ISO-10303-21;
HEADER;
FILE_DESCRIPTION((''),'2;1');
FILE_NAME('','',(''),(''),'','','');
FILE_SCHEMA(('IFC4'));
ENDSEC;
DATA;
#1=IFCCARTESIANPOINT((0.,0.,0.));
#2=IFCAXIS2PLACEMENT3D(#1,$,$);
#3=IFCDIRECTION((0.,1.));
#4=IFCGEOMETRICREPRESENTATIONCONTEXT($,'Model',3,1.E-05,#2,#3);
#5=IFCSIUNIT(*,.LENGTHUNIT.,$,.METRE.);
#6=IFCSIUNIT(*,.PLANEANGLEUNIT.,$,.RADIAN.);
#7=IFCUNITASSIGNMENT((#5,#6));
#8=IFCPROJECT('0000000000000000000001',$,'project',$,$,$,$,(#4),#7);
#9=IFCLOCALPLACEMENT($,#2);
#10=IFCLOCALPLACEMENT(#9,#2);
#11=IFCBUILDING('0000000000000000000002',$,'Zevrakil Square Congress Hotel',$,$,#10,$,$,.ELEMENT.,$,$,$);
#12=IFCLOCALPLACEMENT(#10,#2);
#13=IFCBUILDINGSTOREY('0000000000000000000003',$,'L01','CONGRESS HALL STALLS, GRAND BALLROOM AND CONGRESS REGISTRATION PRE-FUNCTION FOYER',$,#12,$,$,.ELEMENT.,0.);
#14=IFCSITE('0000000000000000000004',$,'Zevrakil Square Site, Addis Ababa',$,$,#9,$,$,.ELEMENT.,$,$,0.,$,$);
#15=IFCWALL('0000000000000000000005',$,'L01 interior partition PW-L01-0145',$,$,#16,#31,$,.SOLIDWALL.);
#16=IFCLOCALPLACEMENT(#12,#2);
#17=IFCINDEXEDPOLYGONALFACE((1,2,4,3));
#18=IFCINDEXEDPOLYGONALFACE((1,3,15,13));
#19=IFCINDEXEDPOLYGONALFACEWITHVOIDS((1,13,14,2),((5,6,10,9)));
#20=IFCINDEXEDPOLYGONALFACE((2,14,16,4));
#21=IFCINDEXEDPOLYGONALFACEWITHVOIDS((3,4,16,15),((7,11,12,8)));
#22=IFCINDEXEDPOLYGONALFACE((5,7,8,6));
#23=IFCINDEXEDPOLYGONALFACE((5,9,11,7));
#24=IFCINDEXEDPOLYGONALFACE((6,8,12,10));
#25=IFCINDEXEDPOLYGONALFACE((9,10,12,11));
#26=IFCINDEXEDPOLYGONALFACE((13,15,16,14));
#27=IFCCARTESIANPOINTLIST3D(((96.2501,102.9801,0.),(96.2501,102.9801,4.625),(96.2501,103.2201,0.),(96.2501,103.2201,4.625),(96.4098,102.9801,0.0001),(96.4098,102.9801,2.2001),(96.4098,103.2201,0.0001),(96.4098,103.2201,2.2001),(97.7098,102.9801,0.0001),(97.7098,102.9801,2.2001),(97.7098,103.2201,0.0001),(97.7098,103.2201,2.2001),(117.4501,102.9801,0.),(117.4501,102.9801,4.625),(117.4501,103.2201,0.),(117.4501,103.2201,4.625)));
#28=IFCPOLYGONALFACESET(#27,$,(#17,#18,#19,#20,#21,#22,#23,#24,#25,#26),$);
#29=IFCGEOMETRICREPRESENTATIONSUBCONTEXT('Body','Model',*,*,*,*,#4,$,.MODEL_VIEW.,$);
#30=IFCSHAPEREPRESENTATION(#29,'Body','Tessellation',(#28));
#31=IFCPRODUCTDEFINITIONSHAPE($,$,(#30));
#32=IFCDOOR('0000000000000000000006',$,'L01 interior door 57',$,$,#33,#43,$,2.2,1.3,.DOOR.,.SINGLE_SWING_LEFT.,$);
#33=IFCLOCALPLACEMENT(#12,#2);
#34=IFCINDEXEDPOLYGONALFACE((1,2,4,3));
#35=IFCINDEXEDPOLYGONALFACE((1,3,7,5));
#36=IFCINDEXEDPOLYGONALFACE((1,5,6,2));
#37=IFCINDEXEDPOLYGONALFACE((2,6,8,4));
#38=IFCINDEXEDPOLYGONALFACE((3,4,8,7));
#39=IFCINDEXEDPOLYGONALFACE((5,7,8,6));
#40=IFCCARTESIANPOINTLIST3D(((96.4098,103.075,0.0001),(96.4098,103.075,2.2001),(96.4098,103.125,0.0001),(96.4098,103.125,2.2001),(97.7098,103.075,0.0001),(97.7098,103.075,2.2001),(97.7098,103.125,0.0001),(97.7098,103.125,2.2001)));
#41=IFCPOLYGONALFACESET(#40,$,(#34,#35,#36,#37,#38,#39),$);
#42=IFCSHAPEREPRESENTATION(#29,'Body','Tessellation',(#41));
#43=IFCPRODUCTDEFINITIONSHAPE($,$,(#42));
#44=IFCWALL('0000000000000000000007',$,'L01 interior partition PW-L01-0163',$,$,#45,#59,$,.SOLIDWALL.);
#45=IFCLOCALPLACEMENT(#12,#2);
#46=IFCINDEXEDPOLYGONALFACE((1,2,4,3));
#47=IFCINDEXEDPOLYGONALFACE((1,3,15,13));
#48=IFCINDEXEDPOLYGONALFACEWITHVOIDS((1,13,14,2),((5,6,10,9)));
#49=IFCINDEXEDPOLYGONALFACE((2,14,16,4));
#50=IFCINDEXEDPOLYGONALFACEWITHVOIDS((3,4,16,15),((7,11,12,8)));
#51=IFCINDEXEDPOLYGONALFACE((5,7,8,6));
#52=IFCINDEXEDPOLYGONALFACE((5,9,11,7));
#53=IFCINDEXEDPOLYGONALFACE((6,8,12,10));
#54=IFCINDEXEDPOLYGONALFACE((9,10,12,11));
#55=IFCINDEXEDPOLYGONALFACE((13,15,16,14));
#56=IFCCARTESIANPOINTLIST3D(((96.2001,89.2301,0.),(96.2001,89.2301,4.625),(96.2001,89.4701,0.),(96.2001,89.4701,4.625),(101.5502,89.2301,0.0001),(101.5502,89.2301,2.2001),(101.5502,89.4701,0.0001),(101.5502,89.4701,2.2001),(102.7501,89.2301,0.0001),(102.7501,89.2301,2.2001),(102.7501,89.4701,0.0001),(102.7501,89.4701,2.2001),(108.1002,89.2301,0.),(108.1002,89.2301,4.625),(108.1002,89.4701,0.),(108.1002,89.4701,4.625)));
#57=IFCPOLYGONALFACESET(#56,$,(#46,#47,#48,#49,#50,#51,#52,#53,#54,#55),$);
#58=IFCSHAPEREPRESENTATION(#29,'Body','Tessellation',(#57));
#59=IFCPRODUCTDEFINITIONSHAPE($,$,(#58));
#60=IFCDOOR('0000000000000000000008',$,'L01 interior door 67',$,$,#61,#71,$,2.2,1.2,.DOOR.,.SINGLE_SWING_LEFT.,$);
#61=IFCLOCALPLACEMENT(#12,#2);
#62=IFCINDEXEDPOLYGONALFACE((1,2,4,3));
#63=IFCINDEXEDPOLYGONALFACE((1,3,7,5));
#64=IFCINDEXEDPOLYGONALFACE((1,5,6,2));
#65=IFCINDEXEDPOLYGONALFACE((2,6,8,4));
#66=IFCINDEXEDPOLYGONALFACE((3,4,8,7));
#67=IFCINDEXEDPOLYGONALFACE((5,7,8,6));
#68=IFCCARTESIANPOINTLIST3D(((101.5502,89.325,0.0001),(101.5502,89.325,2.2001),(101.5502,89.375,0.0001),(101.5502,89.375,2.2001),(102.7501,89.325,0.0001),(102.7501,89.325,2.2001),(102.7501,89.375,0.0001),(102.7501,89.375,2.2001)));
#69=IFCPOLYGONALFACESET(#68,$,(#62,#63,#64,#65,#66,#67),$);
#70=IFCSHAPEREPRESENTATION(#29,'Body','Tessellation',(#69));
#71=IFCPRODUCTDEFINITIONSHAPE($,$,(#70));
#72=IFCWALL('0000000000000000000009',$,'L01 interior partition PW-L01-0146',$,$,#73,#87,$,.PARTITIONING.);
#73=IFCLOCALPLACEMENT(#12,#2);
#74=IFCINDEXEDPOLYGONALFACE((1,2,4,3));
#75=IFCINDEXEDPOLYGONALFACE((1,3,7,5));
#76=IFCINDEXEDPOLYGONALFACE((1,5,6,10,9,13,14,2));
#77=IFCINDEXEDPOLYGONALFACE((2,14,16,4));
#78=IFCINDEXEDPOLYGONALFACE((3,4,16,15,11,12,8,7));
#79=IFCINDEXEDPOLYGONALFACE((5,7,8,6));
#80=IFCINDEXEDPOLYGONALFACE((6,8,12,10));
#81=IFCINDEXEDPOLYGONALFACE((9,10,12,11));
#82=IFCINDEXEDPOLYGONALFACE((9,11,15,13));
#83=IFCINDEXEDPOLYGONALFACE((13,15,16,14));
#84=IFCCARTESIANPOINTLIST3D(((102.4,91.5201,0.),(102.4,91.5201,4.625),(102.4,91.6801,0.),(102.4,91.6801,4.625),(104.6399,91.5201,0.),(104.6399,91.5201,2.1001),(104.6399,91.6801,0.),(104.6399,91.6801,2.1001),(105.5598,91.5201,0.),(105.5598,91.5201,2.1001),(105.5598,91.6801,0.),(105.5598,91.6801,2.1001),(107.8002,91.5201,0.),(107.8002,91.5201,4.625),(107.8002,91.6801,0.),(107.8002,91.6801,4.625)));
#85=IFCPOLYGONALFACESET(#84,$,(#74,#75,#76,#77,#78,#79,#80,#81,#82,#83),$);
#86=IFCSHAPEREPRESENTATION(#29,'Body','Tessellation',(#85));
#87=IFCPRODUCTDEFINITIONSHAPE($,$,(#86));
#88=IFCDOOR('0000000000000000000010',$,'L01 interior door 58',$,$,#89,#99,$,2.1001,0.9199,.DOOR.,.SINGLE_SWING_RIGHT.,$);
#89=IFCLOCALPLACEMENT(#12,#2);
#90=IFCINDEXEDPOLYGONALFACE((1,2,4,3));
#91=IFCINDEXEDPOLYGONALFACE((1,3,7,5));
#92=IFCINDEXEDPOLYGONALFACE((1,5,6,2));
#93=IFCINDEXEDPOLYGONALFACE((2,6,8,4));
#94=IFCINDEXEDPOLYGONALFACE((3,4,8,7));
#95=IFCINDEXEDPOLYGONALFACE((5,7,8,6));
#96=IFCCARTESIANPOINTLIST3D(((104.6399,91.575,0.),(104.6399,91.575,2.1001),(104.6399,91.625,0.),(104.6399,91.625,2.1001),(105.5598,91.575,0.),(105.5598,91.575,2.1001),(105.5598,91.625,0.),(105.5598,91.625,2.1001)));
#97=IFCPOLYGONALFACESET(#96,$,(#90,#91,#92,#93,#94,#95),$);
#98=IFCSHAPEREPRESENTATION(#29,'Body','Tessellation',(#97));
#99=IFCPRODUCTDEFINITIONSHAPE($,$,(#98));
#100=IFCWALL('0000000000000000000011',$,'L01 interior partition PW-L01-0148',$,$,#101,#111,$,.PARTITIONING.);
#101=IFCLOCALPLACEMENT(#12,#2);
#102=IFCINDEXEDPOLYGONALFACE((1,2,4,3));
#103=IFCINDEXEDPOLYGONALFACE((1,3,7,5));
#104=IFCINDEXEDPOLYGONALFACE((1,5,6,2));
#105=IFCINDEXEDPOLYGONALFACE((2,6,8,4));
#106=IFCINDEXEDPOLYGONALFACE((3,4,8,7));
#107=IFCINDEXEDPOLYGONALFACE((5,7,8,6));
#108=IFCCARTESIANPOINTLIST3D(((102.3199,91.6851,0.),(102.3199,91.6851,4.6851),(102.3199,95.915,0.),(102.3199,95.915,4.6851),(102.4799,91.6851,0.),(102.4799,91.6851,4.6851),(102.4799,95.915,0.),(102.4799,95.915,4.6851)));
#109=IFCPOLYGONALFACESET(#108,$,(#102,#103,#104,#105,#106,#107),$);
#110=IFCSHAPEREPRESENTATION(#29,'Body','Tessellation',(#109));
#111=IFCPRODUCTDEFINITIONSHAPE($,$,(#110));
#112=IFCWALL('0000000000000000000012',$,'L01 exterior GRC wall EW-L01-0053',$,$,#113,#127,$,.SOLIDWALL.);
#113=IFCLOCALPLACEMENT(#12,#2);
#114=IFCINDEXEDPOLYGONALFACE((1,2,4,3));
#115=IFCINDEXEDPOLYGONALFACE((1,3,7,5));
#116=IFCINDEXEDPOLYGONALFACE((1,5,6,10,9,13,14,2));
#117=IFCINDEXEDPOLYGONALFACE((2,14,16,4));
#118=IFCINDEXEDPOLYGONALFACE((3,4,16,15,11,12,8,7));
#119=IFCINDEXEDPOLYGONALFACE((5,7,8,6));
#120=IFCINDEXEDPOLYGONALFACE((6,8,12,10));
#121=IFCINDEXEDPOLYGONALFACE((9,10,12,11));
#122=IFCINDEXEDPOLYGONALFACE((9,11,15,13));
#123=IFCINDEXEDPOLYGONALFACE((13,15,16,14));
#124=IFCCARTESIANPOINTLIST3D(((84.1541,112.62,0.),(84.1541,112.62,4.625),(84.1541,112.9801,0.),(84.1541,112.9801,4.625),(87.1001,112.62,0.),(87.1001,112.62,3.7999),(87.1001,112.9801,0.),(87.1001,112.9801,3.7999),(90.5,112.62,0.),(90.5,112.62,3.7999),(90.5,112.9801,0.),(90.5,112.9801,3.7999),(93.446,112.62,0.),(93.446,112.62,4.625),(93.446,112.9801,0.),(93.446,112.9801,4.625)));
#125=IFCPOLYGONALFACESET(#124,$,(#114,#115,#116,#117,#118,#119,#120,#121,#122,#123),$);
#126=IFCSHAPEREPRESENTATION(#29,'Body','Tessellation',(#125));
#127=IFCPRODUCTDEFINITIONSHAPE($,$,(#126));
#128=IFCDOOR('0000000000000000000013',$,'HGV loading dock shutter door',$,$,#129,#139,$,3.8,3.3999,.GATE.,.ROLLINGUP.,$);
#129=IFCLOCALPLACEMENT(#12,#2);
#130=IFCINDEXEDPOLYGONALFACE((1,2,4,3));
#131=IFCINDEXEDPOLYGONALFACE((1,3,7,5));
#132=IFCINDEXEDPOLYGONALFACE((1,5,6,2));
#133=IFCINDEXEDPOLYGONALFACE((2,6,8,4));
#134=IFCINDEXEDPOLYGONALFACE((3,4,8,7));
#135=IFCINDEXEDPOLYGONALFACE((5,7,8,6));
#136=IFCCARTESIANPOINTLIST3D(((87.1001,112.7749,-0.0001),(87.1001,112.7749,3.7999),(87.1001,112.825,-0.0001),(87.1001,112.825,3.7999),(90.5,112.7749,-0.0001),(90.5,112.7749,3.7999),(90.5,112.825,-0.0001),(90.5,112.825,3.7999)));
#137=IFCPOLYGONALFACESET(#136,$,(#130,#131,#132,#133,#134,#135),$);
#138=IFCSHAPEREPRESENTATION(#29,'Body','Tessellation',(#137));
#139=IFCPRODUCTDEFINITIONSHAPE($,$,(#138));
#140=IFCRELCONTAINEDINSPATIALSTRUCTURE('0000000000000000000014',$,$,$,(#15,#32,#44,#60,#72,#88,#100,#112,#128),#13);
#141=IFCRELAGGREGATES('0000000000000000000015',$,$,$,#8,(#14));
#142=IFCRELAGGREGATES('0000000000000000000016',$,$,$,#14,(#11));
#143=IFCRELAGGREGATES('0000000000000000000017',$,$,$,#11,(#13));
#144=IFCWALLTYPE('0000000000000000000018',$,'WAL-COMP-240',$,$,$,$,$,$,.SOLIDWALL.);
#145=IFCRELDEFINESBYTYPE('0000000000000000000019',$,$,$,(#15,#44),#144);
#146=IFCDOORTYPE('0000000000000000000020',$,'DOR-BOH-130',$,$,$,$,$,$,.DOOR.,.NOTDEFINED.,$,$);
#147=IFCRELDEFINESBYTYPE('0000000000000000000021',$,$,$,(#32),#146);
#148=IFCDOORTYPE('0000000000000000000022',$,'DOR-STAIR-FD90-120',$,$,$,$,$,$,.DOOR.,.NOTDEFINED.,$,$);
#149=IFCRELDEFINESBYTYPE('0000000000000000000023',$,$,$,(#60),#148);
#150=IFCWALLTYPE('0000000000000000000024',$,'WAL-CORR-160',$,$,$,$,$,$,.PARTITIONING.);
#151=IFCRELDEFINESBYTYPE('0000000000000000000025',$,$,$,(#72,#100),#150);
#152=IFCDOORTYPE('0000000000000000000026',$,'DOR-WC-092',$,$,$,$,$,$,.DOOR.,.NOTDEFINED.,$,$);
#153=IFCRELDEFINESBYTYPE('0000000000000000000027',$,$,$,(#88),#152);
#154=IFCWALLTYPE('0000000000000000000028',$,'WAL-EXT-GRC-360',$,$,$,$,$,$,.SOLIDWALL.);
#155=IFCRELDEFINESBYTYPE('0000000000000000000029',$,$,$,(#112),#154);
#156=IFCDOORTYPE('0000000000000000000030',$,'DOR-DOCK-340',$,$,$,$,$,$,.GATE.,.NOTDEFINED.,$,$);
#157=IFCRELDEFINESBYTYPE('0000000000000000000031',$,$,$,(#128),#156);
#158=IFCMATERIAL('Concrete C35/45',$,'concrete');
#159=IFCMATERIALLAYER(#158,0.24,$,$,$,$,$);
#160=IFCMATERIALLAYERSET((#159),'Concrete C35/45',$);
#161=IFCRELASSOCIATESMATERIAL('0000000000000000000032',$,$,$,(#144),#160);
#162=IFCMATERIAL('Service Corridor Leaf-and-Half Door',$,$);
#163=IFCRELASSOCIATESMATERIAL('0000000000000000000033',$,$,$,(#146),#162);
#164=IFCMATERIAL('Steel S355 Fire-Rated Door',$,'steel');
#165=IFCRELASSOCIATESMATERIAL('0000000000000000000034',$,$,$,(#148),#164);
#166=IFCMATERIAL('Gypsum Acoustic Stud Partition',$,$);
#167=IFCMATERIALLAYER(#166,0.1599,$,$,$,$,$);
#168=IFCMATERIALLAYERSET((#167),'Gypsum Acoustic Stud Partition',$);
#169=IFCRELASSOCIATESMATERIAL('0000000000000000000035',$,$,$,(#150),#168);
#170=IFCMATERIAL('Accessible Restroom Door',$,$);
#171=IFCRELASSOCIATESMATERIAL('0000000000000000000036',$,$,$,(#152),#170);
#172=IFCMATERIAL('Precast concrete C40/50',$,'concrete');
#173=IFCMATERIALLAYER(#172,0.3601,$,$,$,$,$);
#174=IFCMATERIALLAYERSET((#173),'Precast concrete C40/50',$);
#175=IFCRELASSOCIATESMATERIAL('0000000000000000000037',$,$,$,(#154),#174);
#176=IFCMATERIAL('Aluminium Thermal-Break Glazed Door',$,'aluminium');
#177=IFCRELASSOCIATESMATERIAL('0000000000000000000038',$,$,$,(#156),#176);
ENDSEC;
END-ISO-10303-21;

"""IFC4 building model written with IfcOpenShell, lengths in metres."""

from ifc_helpers import new_model, si_unit, direction, frame, frame_2d, origin, place, context, subcontext, project, spatial, rectangle, extrude, material, layer, layer_set, type_object, element, fill, save


model = new_model("IFC4")

# Units and contexts
model_context = context("Model", 3, precision=1e-05, world=origin(), true_north=direction((0.0, 1.0)))
body_context = subcontext(model_context, "Body", "Model", "MODEL_VIEW")
ifc_project = project(units=[si_unit("LENGTHUNIT", "METRE"), si_unit("PLANEANGLEUNIT", "RADIAN")], contexts=[model_context])

# Site, building, storey
site_placement = place(None, origin())
site = spatial("IfcSite", under=ifc_project, at=site_placement, Name="Zevrakil Square Site, Addis Ababa", CompositionType="ELEMENT", RefElevation=0.0)
building_placement = place(site_placement, origin())
building = spatial("IfcBuilding", under=site, at=building_placement, Name="Zevrakil Square Congress Hotel", CompositionType="ELEMENT")
storey_placement = place(building_placement, origin())
storey = spatial("IfcBuildingStorey", under=building, at=storey_placement, Name="L01", Description="CONGRESS HALL STALLS, GRAND BALLROOM AND CONGRESS REGISTRATION PRE-FUNCTION FOYER", CompositionType="ELEMENT", Elevation=0.0)

# Walls, openings, doors
ifc_material_1 = material(Name="Concrete C35/45", Category="concrete")
ifc_layer_1 = layer(ifc_material_1, 0.24)
ifc_layer_set_1 = layer_set([ifc_layer_1], Name="Concrete C35/45")
wall_type_1 = type_object("IfcWallType", Name="WAL-COMP-240", PredefinedType="SOLIDWALL", material=ifc_layer_set_1)
wall_1_placement = place(storey_placement, frame((96.25, 103.1001, 0.0), z_axis=(0.0, 0.0, 1.0), x_axis=(1.0, 0.0, 0.0)))
wall_1 = element("IfcWall", 1, at=wall_1_placement, inside=storey, type_object=wall_type_1, Name="L01 interior partition PW-L01-0145", PredefinedType="SOLIDWALL", context=body_context, shape_type="SweptSolid", body=[
    extrude(rectangle(XDim=21.2, YDim=0.24, at=frame_2d((10.6001, 0.0))), origin(), (0.0, 0.0, 1.0), 4.625),
])
opening_1_placement = place(wall_1_placement, frame((0.1599, 0.0, 0.0)))
opening_1 = element("IfcOpeningElement", 2, at=opening_1_placement, cuts=wall_1, PredefinedType="OPENING", context=body_context, shape_type="SweptSolid", body=[
    extrude(rectangle(XDim=1.3, YDim=2.2, at=frame_2d((0.6499, 1.1001))), frame((0.0, 0.1299, 0.0), z_axis=(0.0, -1.0, 0.0), x_axis=(1.0, 0.0, 0.0)), (0.0, 0.0, 1.0), 0.26),
])
ifc_material_2 = material(Name="Service Corridor Leaf-and-Half Door")
door_type_1 = type_object("IfcDoorType", Name="DOR-BOH-130", OperationType="NOTDEFINED", PredefinedType="DOOR", material=ifc_material_2)
door_1_placement = place(opening_1_placement, origin())
door_1 = element("IfcDoor", 3, at=door_1_placement, inside=storey, type_object=door_type_1, Name="L01 interior door 57", OperationType="SINGLE_SWING_LEFT", OverallHeight=2.2, OverallWidth=1.3, PredefinedType="DOOR", context=body_context, shape_type="SweptSolid", body=[
    extrude(rectangle(XDim=1.3, YDim=2.2, at=frame_2d((0.6499, 1.1001))), frame((0.0, 0.0249, 0.0), z_axis=(0.0, -1.0, 0.0), x_axis=(1.0, 0.0, 0.0)), (0.0, 0.0, 1.0), 0.05),
])
fill(opening_1, door_1)
wall_2_placement = place(storey_placement, frame((96.2, 89.3501, 0.0), z_axis=(0.0, 0.0, 1.0), x_axis=(1.0, 0.0, 0.0)))
wall_2 = element("IfcWall", 4, at=wall_2_placement, inside=storey, type_object=wall_type_1, Name="L01 interior partition PW-L01-0163", PredefinedType="SOLIDWALL", context=body_context, shape_type="SweptSolid", body=[
    extrude(rectangle(XDim=11.9001, YDim=0.24, at=frame_2d((5.9502, 0.0))), origin(), (0.0, 0.0, 1.0), 4.625),
])
opening_2_placement = place(wall_2_placement, frame((5.3501, 0.0, 0.0)))
opening_2 = element("IfcOpeningElement", 5, at=opening_2_placement, cuts=wall_2, PredefinedType="OPENING", context=body_context, shape_type="SweptSolid", body=[
    extrude(rectangle(XDim=1.2, YDim=2.2, at=frame_2d((0.6001, 1.1001))), frame((0.0, 0.1299, 0.0), z_axis=(0.0, -1.0, 0.0), x_axis=(1.0, 0.0, 0.0)), (0.0, 0.0, 1.0), 0.26),
])
ifc_material_3 = material(Name="Steel S355 Fire-Rated Door", Category="steel")
door_type_2 = type_object("IfcDoorType", Name="DOR-STAIR-FD90-120", OperationType="NOTDEFINED", PredefinedType="DOOR", material=ifc_material_3)
door_2_placement = place(opening_2_placement, origin())
door_2 = element("IfcDoor", 6, at=door_2_placement, inside=storey, type_object=door_type_2, Name="L01 interior door 67", OperationType="SINGLE_SWING_LEFT", OverallHeight=2.2, OverallWidth=1.2, PredefinedType="DOOR", context=body_context, shape_type="SweptSolid", body=[
    extrude(rectangle(XDim=1.2, YDim=2.2, at=frame_2d((0.6001, 1.1001))), frame((0.0, 0.0249, 0.0), z_axis=(0.0, -1.0, 0.0), x_axis=(1.0, 0.0, 0.0)), (0.0, 0.0, 1.0), 0.05),
])
fill(opening_2, door_2)
ifc_material_4 = material(Name="Gypsum Acoustic Stud Partition")
ifc_layer_2 = layer(ifc_material_4, 0.1599)
ifc_layer_set_2 = layer_set([ifc_layer_2], Name="Gypsum Acoustic Stud Partition")
wall_type_2 = type_object("IfcWallType", Name="WAL-CORR-160", PredefinedType="PARTITIONING", material=ifc_layer_set_2)
wall_3_placement = place(storey_placement, frame((102.3999, 91.6001, 0.0), z_axis=(0.0, 0.0, 1.0), x_axis=(1.0, 0.0, 0.0)))
wall_3 = element("IfcWall", 7, at=wall_3_placement, inside=storey, type_object=wall_type_2, Name="L01 interior partition PW-L01-0146", PredefinedType="PARTITIONING", context=body_context, shape_type="SweptSolid", body=[
    extrude(rectangle(XDim=5.4001, YDim=0.1599, at=frame_2d((2.7002, 0.0))), origin(), (0.0, 0.0, 1.0), 4.625),
])
opening_3_placement = place(wall_3_placement, frame((2.24, 0.0, 0.0)))
opening_3 = element("IfcOpeningElement", 8, at=opening_3_placement, cuts=wall_3, PredefinedType="OPENING", context=body_context, shape_type="SweptSolid", body=[
    extrude(rectangle(XDim=0.9199, YDim=2.1001, at=frame_2d((0.46, 1.05))), frame((0.0, 0.0898, 0.0), z_axis=(0.0, -1.0, 0.0), x_axis=(1.0, 0.0, 0.0)), (0.0, 0.0, 1.0), 0.1799),
])
ifc_material_5 = material(Name="Accessible Restroom Door")
door_type_3 = type_object("IfcDoorType", Name="DOR-WC-092", OperationType="NOTDEFINED", PredefinedType="DOOR", material=ifc_material_5)
door_3_placement = place(opening_3_placement, origin())
door_3 = element("IfcDoor", 9, at=door_3_placement, inside=storey, type_object=door_type_3, Name="L01 interior door 58", OperationType="SINGLE_SWING_RIGHT", OverallHeight=2.1001, OverallWidth=0.9199, PredefinedType="DOOR", context=body_context, shape_type="SweptSolid", body=[
    extrude(rectangle(XDim=0.9199, YDim=2.1001, at=frame_2d((0.46, 1.05))), frame((0.0, 0.0249, 0.0), z_axis=(0.0, -1.0, 0.0), x_axis=(1.0, 0.0, 0.0)), (0.0, 0.0, 1.0), 0.05),
])
fill(opening_3, door_3)

# Wall
wall_4_placement = place(storey_placement, frame((102.3999, 91.6851, 0.0), z_axis=(0.0, 0.0, 1.0), x_axis=(0.0, 1.0, 0.0)))
element("IfcWall", 10, at=wall_4_placement, inside=storey, type_object=wall_type_2, Name="L01 interior partition PW-L01-0148", PredefinedType="PARTITIONING", context=body_context, shape_type="SweptSolid", body=[
    extrude(rectangle(XDim=4.23, YDim=0.1599, at=frame_2d((2.115, 0.0))), origin(), (0.0, 0.0, 1.0), 4.6851),
])

# Wall, opening, door
ifc_material_6 = material(Name="Precast concrete C40/50", Category="concrete")
ifc_layer_3 = layer(ifc_material_6, 0.3601)
ifc_layer_set_3 = layer_set([ifc_layer_3], Name="Precast concrete C40/50")
wall_type_3 = type_object("IfcWallType", Name="WAL-EXT-GRC-360", PredefinedType="SOLIDWALL", material=ifc_layer_set_3)
wall_5_placement = place(storey_placement, frame((84.1541, 112.8, 0.0), z_axis=(0.0, 0.0, 1.0), x_axis=(1.0, 0.0, 0.0)))
wall_5 = element("IfcWall", 11, at=wall_5_placement, inside=storey, type_object=wall_type_3, Name="L01 exterior GRC wall EW-L01-0053", PredefinedType="SOLIDWALL", context=body_context, shape_type="SweptSolid", body=[
    extrude(rectangle(XDim=9.292, YDim=0.3601, at=frame_2d((4.646, 0.0))), origin(), (0.0, 0.0, 1.0), 4.625),
])
opening_4_placement = place(wall_5_placement, frame((2.946, 0.0, 0.0)))
opening_4 = element("IfcOpeningElement", 12, at=opening_4_placement, cuts=wall_5, PredefinedType="OPENING", context=body_context, shape_type="SweptSolid", body=[
    extrude(rectangle(XDim=3.3999, YDim=3.8, at=frame_2d((1.7, 1.8999))), frame((0.0, 0.1899, 0.0), z_axis=(0.0, -1.0, 0.0), x_axis=(1.0, 0.0, 0.0)), (0.0, 0.0, 1.0), 0.3801),
])
ifc_material_7 = material(Name="Aluminium Thermal-Break Glazed Door", Category="aluminium")
door_type_4 = type_object("IfcDoorType", Name="DOR-DOCK-340", OperationType="NOTDEFINED", PredefinedType="GATE", material=ifc_material_7)
door_4_placement = place(opening_4_placement, origin())
door_4 = element("IfcDoor", 13, at=door_4_placement, inside=storey, type_object=door_type_4, Name="HGV loading dock shutter door", OperationType="ROLLINGUP", OverallHeight=3.8, OverallWidth=3.3999, PredefinedType="GATE", context=body_context, shape_type="SweptSolid", body=[
    extrude(rectangle(XDim=3.3999, YDim=3.8, at=frame_2d((1.7, 1.8999))), frame((0.0, 0.0249, 0.0), z_axis=(0.0, -1.0, 0.0), x_axis=(1.0, 0.0, 0.0)), (0.0, 0.0, 1.0), 0.05),
])
fill(opening_4, door_4)

save(model, "model.ifc")
